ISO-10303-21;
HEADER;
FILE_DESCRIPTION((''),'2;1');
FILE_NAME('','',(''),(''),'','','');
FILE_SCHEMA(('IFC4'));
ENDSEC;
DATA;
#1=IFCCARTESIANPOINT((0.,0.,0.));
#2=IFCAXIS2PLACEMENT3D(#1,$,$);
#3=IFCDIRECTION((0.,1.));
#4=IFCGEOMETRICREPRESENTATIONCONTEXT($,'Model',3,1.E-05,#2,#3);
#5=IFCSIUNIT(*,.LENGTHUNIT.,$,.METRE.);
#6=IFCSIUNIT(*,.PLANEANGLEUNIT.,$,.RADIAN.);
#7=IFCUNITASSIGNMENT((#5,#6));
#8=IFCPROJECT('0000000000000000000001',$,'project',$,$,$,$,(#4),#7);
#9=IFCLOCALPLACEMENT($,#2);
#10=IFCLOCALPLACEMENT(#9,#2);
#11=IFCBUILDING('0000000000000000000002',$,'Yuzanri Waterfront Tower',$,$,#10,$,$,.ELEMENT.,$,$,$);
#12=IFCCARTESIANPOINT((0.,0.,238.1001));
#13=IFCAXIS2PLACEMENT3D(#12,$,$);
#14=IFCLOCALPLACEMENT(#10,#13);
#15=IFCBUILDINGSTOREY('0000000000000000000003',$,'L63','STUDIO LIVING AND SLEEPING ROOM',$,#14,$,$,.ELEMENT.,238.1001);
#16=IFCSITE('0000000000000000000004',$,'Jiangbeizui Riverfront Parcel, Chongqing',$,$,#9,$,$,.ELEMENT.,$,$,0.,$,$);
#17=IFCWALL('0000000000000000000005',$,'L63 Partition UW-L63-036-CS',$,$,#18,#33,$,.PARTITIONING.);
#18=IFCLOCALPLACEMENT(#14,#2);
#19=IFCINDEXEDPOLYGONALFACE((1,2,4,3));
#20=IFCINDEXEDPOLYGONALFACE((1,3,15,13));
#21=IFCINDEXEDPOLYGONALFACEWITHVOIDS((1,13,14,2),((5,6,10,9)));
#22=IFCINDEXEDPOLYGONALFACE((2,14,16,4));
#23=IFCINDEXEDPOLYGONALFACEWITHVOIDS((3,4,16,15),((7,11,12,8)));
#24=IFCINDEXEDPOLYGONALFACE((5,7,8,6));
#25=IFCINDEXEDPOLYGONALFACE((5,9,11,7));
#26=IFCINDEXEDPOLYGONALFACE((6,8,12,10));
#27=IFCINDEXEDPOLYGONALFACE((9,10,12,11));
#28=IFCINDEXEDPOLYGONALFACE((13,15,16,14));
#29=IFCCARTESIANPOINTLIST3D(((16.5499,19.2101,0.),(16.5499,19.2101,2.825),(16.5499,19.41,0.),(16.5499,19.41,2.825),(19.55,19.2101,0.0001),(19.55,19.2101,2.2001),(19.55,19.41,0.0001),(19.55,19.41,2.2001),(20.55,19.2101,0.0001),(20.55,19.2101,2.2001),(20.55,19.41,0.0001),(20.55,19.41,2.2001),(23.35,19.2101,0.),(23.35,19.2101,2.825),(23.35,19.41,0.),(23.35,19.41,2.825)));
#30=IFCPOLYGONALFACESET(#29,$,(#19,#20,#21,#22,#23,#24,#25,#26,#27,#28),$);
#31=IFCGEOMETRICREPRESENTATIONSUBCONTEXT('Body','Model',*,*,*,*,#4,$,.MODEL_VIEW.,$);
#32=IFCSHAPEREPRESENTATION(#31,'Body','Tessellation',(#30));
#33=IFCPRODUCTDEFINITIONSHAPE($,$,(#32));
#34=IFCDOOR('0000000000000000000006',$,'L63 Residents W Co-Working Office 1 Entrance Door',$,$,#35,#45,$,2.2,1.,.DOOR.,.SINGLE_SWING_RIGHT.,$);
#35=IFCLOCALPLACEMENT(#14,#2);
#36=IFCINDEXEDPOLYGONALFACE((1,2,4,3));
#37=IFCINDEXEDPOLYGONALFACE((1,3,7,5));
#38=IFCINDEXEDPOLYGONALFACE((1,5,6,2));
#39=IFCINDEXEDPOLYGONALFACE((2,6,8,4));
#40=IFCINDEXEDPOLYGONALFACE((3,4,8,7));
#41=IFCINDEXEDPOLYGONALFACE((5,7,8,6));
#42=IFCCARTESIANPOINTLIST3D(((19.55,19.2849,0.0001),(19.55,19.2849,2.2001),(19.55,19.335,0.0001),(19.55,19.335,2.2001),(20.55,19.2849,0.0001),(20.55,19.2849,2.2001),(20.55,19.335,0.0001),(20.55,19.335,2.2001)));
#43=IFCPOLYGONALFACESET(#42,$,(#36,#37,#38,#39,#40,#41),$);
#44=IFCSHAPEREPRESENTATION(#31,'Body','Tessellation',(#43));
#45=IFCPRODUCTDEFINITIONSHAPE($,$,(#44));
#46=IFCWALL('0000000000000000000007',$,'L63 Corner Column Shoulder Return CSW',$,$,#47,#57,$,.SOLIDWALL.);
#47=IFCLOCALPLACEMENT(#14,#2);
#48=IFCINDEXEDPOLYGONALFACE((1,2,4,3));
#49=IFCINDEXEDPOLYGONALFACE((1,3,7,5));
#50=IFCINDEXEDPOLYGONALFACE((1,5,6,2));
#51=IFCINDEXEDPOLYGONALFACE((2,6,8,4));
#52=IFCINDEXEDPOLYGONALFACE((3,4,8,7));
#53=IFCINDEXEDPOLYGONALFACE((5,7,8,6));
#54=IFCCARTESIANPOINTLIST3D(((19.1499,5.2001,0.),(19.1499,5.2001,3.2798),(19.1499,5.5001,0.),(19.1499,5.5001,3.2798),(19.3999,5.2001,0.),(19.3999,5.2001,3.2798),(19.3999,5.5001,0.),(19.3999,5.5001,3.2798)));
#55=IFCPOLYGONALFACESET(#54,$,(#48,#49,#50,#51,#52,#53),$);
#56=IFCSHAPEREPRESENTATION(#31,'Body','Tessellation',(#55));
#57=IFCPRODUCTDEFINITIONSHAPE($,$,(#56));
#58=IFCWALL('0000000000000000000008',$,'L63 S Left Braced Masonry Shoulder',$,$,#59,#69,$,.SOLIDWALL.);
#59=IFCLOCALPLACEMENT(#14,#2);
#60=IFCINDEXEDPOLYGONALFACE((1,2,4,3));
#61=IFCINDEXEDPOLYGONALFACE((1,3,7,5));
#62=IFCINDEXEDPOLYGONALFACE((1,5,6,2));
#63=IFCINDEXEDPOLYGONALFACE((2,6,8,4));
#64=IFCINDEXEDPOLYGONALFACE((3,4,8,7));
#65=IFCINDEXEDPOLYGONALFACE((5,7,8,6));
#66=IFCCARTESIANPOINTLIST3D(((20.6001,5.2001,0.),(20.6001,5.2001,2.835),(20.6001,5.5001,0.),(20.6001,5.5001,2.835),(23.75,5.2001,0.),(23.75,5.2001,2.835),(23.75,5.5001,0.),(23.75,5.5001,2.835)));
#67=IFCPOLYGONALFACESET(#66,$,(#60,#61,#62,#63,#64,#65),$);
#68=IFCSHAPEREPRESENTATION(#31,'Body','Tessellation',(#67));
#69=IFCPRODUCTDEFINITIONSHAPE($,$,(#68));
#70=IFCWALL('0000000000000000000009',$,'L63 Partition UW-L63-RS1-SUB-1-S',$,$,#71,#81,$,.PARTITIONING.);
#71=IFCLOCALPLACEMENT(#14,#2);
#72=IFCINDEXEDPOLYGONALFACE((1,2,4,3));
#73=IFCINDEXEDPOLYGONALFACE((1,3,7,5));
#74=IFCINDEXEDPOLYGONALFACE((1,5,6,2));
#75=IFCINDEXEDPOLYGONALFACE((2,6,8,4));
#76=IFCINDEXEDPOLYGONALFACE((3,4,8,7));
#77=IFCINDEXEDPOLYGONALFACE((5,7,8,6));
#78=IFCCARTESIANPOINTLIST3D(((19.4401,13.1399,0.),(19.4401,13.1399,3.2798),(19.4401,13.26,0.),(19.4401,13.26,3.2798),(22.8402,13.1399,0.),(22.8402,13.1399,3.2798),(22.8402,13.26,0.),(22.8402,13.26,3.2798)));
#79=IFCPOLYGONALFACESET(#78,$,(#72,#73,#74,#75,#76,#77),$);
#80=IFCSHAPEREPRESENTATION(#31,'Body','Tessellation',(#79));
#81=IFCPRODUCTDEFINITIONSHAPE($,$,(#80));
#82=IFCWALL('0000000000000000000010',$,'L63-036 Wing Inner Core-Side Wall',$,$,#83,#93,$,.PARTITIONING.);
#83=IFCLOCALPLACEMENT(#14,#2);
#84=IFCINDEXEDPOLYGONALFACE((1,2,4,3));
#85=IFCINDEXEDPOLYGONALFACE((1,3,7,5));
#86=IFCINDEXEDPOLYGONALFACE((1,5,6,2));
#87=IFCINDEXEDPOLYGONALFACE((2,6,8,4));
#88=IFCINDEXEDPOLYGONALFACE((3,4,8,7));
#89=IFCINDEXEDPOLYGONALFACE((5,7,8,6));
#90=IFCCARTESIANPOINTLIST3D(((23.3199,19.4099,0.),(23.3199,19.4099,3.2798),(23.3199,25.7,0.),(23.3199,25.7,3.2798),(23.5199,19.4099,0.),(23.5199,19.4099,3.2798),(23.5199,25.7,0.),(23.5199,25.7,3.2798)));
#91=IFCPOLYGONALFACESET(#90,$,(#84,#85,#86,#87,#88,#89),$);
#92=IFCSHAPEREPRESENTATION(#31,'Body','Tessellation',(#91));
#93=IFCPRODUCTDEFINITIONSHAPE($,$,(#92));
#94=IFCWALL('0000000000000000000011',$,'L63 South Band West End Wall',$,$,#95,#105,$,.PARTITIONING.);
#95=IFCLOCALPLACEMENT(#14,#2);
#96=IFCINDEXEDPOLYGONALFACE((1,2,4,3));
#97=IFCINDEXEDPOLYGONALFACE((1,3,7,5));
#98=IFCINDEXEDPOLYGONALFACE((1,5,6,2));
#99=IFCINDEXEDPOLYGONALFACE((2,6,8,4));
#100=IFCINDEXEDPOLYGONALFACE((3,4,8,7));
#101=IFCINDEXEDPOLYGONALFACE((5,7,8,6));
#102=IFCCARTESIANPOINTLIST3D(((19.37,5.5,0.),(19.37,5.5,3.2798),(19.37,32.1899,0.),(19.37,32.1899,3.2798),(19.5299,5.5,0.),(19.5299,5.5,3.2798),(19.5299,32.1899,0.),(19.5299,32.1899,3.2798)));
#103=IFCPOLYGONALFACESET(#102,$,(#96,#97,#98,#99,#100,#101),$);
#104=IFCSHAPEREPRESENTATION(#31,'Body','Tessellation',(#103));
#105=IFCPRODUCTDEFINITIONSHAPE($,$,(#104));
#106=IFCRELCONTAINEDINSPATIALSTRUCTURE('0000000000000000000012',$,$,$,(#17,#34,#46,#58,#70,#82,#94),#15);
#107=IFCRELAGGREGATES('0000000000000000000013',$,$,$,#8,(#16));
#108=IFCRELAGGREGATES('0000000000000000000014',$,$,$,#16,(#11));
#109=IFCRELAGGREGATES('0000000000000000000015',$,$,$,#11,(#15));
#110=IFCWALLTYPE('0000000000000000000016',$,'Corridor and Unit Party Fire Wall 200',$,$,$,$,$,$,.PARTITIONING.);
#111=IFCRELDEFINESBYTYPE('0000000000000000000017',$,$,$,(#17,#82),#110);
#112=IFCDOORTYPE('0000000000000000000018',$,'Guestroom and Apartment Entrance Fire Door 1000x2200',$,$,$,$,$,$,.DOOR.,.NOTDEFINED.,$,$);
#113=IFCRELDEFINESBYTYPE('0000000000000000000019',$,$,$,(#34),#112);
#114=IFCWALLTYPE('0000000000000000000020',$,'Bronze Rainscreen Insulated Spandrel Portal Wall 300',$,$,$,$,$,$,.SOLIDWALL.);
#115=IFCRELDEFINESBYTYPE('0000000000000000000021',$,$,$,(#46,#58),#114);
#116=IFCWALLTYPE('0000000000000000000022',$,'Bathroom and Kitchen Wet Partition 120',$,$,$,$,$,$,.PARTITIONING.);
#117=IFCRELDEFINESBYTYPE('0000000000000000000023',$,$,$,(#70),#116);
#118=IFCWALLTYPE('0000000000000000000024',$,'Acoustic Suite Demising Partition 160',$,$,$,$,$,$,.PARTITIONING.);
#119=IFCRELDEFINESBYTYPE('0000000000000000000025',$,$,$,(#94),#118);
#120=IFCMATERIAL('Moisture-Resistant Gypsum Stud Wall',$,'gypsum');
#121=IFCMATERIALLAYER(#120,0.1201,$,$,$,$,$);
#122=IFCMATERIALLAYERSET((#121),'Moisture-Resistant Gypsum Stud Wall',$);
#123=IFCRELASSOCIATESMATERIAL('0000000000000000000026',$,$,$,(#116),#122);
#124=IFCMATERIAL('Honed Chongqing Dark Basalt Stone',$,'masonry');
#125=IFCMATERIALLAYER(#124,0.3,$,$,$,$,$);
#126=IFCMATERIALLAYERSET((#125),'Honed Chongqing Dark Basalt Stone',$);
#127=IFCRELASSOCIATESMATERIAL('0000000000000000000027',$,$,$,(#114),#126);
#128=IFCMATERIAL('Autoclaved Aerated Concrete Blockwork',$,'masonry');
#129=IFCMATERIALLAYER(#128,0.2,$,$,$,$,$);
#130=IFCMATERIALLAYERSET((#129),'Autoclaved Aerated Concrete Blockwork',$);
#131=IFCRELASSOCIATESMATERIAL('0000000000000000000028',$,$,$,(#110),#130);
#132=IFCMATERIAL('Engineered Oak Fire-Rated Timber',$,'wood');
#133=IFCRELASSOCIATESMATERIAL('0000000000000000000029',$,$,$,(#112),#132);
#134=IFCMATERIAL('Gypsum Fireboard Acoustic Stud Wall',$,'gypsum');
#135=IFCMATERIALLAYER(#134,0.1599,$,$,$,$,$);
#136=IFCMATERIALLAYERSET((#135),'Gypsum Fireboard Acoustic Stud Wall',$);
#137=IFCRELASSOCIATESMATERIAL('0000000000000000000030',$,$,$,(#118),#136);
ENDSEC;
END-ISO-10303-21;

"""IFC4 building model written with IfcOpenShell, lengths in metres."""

from ifc_helpers import new_model, si_unit, direction, frame, frame_2d, origin, place, context, subcontext, project, spatial, rectangle, extrude, source, transform, mapped, material, layer, layer_set, type_object, element, fill, save


model = new_model("IFC4")

# Units and contexts
model_context = context("Model", 3, precision=1e-05, world=origin(), true_north=direction((0.0, 1.0)))
body_context = subcontext(model_context, "Body", "Model", "MODEL_VIEW")
ifc_project = project(units=[si_unit("LENGTHUNIT", "METRE"), si_unit("PLANEANGLEUNIT", "RADIAN")], contexts=[model_context])

# Site, building, storey
site_placement = place(None, origin())
site = spatial("IfcSite", under=ifc_project, at=site_placement, Name="Jiangbeizui Riverfront Parcel, Chongqing", CompositionType="ELEMENT", RefElevation=0.0)
building_placement = place(site_placement, origin())
building = spatial("IfcBuilding", under=site, at=building_placement, Name="Yuzanri Waterfront Tower", CompositionType="ELEMENT")
storey_placement = place(building_placement, frame((0.0, 0.0, 238.1001)))
storey = spatial("IfcBuildingStorey", under=building, at=storey_placement, Name="L63", Description="STUDIO LIVING AND SLEEPING ROOM", CompositionType="ELEMENT", Elevation=238.1001)

# Shared definitions
ifc_material_1 = material(Name="Moisture-Resistant Gypsum Stud Wall", Category="gypsum")
ifc_layer_1 = layer(ifc_material_1, 0.1201)
ifc_layer_set_1 = layer_set([ifc_layer_1], Name="Moisture-Resistant Gypsum Stud Wall")
wall_type_1 = type_object("IfcWallType", Name="Bathroom and Kitchen Wet Partition 120", PredefinedType="PARTITIONING", material=ifc_layer_set_1)

# Shared definitions
ifc_material_2 = material(Name="Honed Chongqing Dark Basalt Stone", Category="masonry")
ifc_layer_2 = layer(ifc_material_2, 0.3)
ifc_layer_set_2 = layer_set([ifc_layer_2], Name="Honed Chongqing Dark Basalt Stone")
wall_type_2 = type_object("IfcWallType", Name="Bronze Rainscreen Insulated Spandrel Portal Wall 300", PredefinedType="SOLIDWALL", material=ifc_layer_set_2)

# Wall, opening, door
ifc_material_3 = material(Name="Autoclaved Aerated Concrete Blockwork", Category="masonry")
ifc_layer_3 = layer(ifc_material_3, 0.2)
ifc_layer_set_3 = layer_set([ifc_layer_3], Name="Autoclaved Aerated Concrete Blockwork")
wall_type_3 = type_object("IfcWallType", Name="Corridor and Unit Party Fire Wall 200", PredefinedType="PARTITIONING", material=ifc_layer_set_3)
ifc_material_4 = material(Name="Engineered Oak Fire-Rated Timber", Category="wood")
door_type_1 = type_object("IfcDoorType", Name="Guestroom and Apartment Entrance Fire Door 1000x2200", OperationType="NOTDEFINED", PredefinedType="DOOR", material=ifc_material_4)
shared_shape_1 = source(origin(), body_context, "Body", "SweptSolid", [
    extrude(rectangle(XDim=1.0, YDim=2.2, at=frame_2d((0.5, 1.1001))), frame((0.0, 0.0249, 0.0), z_axis=(0.0, -1.0, 0.0), x_axis=(1.0, 0.0, 0.0)), (0.0, 0.0, 1.0), 0.05),
])
wall_1_placement = place(storey_placement, frame((16.55, 19.3101, 0.0), z_axis=(0.0, 0.0, 1.0), x_axis=(1.0, 0.0, 0.0)))
wall_1 = element("IfcWall", 1, at=wall_1_placement, inside=storey, type_object=wall_type_3, Name="L63 Partition UW-L63-036-CS", PredefinedType="PARTITIONING", context=body_context, shape_type="SweptSolid", body=[
    extrude(rectangle(XDim=6.8, YDim=0.2, at=frame_2d((3.3999, 0.0))), origin(), (0.0, 0.0, 1.0), 2.825),
])
opening_1_placement = place(wall_1_placement, frame((3.0, 0.0, 0.0)))
opening_1 = element("IfcOpeningElement", 2, at=opening_1_placement, cuts=wall_1, PredefinedType="OPENING", context=body_context, shape_type="SweptSolid", body=[
    extrude(rectangle(XDim=1.0, YDim=2.2, at=frame_2d((0.5, 1.1001))), frame((0.0, 0.1147, 0.0), z_axis=(0.0, -1.0, 0.0), x_axis=(1.0, 0.0, 0.0)), (0.0, 0.0, 1.0), 0.2297),
])
door_1_placement = place(opening_1_placement, origin())
door_1 = element("IfcDoor", 3, at=door_1_placement, inside=storey, type_object=door_type_1, Name="L63 Residents W Co-Working Office 1 Entrance Door", OperationType="SINGLE_SWING_RIGHT", OverallHeight=2.2, OverallWidth=1.0, PredefinedType="DOOR", context=body_context, shape_type="MappedRepresentation", body=[
    mapped(shared_shape_1, transform((0.0, 0.0, 0.0), scale=1.0)),
])
fill(opening_1, door_1)

# Walls
shared_shape_2 = source(origin(), body_context, "Body", "SweptSolid", [
    extrude(rectangle(XDim=0.25, YDim=0.3, at=frame_2d((0.125, 0.0))), origin(), (0.0, 0.0, 1.0), 3.2798),
])
wall_2_placement = place(storey_placement, frame((19.1499, 5.3501, 0.0), z_axis=(0.0, 0.0, 1.0), x_axis=(1.0, 0.0, 0.0)))
element("IfcWall", 4, at=wall_2_placement, inside=storey, type_object=wall_type_2, Name="L63 Corner Column Shoulder Return CSW", PredefinedType="SOLIDWALL", context=body_context, shape_type="MappedRepresentation", body=[
    mapped(shared_shape_2, transform((0.0, 0.0, 0.0), scale=1.0)),
])
shared_shape_3 = source(origin(), body_context, "Body", "SweptSolid", [
    extrude(rectangle(XDim=3.1499, YDim=0.3, at=frame_2d((1.575, 0.0))), origin(), (0.0, 0.0, 1.0), 2.835),
])
wall_3_placement = place(storey_placement, frame((20.6001, 5.3501, 0.0), z_axis=(0.0, 0.0, 1.0), x_axis=(1.0, 0.0, 0.0)))
element("IfcWall", 5, at=wall_3_placement, inside=storey, type_object=wall_type_2, Name="L63 S Left Braced Masonry Shoulder", PredefinedType="SOLIDWALL", context=body_context, shape_type="MappedRepresentation", body=[
    mapped(shared_shape_3, transform((0.0, 0.0, 0.0), scale=1.0)),
])
shared_shape_4 = source(origin(), body_context, "Body", "SweptSolid", [
    extrude(rectangle(XDim=3.4001, YDim=0.1201, at=frame_2d((1.7002, 0.0))), origin(), (0.0, 0.0, 1.0), 3.2798),
])
wall_4_placement = place(storey_placement, frame((19.4399, 13.2, 0.0), z_axis=(0.0, 0.0, 1.0), x_axis=(1.0, 0.0, 0.0)))
element("IfcWall", 6, at=wall_4_placement, inside=storey, type_object=wall_type_1, Name="L63 Partition UW-L63-RS1-SUB-1-S", PredefinedType="PARTITIONING", context=body_context, shape_type="MappedRepresentation", body=[
    mapped(shared_shape_4, transform((0.0, 0.0, 0.0), scale=1.0)),
])
shared_shape_5 = source(origin(), body_context, "Body", "SweptSolid", [
    extrude(rectangle(XDim=6.29, YDim=0.2, at=frame_2d((3.145, 0.0))), origin(), (0.0, 0.0, 1.0), 3.2798),
])
wall_5_placement = place(storey_placement, frame((23.4199, 19.4099, 0.0), z_axis=(0.0, 0.0, 1.0), x_axis=(0.0, 1.0, 0.0)))
element("IfcWall", 7, at=wall_5_placement, inside=storey, type_object=wall_type_3, Name="L63-036 Wing Inner Core-Side Wall", PredefinedType="PARTITIONING", context=body_context, shape_type="MappedRepresentation", body=[
    mapped(shared_shape_5, transform((0.0, 0.0, 0.0), scale=1.0)),
])
ifc_material_5 = material(Name="Gypsum Fireboard Acoustic Stud Wall", Category="gypsum")
ifc_layer_4 = layer(ifc_material_5, 0.1599)
ifc_layer_set_4 = layer_set([ifc_layer_4], Name="Gypsum Fireboard Acoustic Stud Wall")
wall_type_4 = type_object("IfcWallType", Name="Acoustic Suite Demising Partition 160", PredefinedType="PARTITIONING", material=ifc_layer_set_4)
shared_shape_6 = source(origin(), body_context, "Body", "SweptSolid", [
    extrude(rectangle(XDim=26.6899, YDim=0.1599, at=frame_2d((13.345, 0.0))), origin(), (0.0, 0.0, 1.0), 3.2798),
])
wall_6_placement = place(storey_placement, frame((19.45, 5.5, 0.0), z_axis=(0.0, 0.0, 1.0), x_axis=(0.0, 1.0, 0.0)))
element("IfcWall", 8, at=wall_6_placement, inside=storey, type_object=wall_type_4, Name="L63 South Band West End Wall", PredefinedType="PARTITIONING", context=body_context, shape_type="MappedRepresentation", body=[
    mapped(shared_shape_6, transform((0.0, 0.0, 0.0), scale=1.0)),
])

save(model, "model.ifc")
